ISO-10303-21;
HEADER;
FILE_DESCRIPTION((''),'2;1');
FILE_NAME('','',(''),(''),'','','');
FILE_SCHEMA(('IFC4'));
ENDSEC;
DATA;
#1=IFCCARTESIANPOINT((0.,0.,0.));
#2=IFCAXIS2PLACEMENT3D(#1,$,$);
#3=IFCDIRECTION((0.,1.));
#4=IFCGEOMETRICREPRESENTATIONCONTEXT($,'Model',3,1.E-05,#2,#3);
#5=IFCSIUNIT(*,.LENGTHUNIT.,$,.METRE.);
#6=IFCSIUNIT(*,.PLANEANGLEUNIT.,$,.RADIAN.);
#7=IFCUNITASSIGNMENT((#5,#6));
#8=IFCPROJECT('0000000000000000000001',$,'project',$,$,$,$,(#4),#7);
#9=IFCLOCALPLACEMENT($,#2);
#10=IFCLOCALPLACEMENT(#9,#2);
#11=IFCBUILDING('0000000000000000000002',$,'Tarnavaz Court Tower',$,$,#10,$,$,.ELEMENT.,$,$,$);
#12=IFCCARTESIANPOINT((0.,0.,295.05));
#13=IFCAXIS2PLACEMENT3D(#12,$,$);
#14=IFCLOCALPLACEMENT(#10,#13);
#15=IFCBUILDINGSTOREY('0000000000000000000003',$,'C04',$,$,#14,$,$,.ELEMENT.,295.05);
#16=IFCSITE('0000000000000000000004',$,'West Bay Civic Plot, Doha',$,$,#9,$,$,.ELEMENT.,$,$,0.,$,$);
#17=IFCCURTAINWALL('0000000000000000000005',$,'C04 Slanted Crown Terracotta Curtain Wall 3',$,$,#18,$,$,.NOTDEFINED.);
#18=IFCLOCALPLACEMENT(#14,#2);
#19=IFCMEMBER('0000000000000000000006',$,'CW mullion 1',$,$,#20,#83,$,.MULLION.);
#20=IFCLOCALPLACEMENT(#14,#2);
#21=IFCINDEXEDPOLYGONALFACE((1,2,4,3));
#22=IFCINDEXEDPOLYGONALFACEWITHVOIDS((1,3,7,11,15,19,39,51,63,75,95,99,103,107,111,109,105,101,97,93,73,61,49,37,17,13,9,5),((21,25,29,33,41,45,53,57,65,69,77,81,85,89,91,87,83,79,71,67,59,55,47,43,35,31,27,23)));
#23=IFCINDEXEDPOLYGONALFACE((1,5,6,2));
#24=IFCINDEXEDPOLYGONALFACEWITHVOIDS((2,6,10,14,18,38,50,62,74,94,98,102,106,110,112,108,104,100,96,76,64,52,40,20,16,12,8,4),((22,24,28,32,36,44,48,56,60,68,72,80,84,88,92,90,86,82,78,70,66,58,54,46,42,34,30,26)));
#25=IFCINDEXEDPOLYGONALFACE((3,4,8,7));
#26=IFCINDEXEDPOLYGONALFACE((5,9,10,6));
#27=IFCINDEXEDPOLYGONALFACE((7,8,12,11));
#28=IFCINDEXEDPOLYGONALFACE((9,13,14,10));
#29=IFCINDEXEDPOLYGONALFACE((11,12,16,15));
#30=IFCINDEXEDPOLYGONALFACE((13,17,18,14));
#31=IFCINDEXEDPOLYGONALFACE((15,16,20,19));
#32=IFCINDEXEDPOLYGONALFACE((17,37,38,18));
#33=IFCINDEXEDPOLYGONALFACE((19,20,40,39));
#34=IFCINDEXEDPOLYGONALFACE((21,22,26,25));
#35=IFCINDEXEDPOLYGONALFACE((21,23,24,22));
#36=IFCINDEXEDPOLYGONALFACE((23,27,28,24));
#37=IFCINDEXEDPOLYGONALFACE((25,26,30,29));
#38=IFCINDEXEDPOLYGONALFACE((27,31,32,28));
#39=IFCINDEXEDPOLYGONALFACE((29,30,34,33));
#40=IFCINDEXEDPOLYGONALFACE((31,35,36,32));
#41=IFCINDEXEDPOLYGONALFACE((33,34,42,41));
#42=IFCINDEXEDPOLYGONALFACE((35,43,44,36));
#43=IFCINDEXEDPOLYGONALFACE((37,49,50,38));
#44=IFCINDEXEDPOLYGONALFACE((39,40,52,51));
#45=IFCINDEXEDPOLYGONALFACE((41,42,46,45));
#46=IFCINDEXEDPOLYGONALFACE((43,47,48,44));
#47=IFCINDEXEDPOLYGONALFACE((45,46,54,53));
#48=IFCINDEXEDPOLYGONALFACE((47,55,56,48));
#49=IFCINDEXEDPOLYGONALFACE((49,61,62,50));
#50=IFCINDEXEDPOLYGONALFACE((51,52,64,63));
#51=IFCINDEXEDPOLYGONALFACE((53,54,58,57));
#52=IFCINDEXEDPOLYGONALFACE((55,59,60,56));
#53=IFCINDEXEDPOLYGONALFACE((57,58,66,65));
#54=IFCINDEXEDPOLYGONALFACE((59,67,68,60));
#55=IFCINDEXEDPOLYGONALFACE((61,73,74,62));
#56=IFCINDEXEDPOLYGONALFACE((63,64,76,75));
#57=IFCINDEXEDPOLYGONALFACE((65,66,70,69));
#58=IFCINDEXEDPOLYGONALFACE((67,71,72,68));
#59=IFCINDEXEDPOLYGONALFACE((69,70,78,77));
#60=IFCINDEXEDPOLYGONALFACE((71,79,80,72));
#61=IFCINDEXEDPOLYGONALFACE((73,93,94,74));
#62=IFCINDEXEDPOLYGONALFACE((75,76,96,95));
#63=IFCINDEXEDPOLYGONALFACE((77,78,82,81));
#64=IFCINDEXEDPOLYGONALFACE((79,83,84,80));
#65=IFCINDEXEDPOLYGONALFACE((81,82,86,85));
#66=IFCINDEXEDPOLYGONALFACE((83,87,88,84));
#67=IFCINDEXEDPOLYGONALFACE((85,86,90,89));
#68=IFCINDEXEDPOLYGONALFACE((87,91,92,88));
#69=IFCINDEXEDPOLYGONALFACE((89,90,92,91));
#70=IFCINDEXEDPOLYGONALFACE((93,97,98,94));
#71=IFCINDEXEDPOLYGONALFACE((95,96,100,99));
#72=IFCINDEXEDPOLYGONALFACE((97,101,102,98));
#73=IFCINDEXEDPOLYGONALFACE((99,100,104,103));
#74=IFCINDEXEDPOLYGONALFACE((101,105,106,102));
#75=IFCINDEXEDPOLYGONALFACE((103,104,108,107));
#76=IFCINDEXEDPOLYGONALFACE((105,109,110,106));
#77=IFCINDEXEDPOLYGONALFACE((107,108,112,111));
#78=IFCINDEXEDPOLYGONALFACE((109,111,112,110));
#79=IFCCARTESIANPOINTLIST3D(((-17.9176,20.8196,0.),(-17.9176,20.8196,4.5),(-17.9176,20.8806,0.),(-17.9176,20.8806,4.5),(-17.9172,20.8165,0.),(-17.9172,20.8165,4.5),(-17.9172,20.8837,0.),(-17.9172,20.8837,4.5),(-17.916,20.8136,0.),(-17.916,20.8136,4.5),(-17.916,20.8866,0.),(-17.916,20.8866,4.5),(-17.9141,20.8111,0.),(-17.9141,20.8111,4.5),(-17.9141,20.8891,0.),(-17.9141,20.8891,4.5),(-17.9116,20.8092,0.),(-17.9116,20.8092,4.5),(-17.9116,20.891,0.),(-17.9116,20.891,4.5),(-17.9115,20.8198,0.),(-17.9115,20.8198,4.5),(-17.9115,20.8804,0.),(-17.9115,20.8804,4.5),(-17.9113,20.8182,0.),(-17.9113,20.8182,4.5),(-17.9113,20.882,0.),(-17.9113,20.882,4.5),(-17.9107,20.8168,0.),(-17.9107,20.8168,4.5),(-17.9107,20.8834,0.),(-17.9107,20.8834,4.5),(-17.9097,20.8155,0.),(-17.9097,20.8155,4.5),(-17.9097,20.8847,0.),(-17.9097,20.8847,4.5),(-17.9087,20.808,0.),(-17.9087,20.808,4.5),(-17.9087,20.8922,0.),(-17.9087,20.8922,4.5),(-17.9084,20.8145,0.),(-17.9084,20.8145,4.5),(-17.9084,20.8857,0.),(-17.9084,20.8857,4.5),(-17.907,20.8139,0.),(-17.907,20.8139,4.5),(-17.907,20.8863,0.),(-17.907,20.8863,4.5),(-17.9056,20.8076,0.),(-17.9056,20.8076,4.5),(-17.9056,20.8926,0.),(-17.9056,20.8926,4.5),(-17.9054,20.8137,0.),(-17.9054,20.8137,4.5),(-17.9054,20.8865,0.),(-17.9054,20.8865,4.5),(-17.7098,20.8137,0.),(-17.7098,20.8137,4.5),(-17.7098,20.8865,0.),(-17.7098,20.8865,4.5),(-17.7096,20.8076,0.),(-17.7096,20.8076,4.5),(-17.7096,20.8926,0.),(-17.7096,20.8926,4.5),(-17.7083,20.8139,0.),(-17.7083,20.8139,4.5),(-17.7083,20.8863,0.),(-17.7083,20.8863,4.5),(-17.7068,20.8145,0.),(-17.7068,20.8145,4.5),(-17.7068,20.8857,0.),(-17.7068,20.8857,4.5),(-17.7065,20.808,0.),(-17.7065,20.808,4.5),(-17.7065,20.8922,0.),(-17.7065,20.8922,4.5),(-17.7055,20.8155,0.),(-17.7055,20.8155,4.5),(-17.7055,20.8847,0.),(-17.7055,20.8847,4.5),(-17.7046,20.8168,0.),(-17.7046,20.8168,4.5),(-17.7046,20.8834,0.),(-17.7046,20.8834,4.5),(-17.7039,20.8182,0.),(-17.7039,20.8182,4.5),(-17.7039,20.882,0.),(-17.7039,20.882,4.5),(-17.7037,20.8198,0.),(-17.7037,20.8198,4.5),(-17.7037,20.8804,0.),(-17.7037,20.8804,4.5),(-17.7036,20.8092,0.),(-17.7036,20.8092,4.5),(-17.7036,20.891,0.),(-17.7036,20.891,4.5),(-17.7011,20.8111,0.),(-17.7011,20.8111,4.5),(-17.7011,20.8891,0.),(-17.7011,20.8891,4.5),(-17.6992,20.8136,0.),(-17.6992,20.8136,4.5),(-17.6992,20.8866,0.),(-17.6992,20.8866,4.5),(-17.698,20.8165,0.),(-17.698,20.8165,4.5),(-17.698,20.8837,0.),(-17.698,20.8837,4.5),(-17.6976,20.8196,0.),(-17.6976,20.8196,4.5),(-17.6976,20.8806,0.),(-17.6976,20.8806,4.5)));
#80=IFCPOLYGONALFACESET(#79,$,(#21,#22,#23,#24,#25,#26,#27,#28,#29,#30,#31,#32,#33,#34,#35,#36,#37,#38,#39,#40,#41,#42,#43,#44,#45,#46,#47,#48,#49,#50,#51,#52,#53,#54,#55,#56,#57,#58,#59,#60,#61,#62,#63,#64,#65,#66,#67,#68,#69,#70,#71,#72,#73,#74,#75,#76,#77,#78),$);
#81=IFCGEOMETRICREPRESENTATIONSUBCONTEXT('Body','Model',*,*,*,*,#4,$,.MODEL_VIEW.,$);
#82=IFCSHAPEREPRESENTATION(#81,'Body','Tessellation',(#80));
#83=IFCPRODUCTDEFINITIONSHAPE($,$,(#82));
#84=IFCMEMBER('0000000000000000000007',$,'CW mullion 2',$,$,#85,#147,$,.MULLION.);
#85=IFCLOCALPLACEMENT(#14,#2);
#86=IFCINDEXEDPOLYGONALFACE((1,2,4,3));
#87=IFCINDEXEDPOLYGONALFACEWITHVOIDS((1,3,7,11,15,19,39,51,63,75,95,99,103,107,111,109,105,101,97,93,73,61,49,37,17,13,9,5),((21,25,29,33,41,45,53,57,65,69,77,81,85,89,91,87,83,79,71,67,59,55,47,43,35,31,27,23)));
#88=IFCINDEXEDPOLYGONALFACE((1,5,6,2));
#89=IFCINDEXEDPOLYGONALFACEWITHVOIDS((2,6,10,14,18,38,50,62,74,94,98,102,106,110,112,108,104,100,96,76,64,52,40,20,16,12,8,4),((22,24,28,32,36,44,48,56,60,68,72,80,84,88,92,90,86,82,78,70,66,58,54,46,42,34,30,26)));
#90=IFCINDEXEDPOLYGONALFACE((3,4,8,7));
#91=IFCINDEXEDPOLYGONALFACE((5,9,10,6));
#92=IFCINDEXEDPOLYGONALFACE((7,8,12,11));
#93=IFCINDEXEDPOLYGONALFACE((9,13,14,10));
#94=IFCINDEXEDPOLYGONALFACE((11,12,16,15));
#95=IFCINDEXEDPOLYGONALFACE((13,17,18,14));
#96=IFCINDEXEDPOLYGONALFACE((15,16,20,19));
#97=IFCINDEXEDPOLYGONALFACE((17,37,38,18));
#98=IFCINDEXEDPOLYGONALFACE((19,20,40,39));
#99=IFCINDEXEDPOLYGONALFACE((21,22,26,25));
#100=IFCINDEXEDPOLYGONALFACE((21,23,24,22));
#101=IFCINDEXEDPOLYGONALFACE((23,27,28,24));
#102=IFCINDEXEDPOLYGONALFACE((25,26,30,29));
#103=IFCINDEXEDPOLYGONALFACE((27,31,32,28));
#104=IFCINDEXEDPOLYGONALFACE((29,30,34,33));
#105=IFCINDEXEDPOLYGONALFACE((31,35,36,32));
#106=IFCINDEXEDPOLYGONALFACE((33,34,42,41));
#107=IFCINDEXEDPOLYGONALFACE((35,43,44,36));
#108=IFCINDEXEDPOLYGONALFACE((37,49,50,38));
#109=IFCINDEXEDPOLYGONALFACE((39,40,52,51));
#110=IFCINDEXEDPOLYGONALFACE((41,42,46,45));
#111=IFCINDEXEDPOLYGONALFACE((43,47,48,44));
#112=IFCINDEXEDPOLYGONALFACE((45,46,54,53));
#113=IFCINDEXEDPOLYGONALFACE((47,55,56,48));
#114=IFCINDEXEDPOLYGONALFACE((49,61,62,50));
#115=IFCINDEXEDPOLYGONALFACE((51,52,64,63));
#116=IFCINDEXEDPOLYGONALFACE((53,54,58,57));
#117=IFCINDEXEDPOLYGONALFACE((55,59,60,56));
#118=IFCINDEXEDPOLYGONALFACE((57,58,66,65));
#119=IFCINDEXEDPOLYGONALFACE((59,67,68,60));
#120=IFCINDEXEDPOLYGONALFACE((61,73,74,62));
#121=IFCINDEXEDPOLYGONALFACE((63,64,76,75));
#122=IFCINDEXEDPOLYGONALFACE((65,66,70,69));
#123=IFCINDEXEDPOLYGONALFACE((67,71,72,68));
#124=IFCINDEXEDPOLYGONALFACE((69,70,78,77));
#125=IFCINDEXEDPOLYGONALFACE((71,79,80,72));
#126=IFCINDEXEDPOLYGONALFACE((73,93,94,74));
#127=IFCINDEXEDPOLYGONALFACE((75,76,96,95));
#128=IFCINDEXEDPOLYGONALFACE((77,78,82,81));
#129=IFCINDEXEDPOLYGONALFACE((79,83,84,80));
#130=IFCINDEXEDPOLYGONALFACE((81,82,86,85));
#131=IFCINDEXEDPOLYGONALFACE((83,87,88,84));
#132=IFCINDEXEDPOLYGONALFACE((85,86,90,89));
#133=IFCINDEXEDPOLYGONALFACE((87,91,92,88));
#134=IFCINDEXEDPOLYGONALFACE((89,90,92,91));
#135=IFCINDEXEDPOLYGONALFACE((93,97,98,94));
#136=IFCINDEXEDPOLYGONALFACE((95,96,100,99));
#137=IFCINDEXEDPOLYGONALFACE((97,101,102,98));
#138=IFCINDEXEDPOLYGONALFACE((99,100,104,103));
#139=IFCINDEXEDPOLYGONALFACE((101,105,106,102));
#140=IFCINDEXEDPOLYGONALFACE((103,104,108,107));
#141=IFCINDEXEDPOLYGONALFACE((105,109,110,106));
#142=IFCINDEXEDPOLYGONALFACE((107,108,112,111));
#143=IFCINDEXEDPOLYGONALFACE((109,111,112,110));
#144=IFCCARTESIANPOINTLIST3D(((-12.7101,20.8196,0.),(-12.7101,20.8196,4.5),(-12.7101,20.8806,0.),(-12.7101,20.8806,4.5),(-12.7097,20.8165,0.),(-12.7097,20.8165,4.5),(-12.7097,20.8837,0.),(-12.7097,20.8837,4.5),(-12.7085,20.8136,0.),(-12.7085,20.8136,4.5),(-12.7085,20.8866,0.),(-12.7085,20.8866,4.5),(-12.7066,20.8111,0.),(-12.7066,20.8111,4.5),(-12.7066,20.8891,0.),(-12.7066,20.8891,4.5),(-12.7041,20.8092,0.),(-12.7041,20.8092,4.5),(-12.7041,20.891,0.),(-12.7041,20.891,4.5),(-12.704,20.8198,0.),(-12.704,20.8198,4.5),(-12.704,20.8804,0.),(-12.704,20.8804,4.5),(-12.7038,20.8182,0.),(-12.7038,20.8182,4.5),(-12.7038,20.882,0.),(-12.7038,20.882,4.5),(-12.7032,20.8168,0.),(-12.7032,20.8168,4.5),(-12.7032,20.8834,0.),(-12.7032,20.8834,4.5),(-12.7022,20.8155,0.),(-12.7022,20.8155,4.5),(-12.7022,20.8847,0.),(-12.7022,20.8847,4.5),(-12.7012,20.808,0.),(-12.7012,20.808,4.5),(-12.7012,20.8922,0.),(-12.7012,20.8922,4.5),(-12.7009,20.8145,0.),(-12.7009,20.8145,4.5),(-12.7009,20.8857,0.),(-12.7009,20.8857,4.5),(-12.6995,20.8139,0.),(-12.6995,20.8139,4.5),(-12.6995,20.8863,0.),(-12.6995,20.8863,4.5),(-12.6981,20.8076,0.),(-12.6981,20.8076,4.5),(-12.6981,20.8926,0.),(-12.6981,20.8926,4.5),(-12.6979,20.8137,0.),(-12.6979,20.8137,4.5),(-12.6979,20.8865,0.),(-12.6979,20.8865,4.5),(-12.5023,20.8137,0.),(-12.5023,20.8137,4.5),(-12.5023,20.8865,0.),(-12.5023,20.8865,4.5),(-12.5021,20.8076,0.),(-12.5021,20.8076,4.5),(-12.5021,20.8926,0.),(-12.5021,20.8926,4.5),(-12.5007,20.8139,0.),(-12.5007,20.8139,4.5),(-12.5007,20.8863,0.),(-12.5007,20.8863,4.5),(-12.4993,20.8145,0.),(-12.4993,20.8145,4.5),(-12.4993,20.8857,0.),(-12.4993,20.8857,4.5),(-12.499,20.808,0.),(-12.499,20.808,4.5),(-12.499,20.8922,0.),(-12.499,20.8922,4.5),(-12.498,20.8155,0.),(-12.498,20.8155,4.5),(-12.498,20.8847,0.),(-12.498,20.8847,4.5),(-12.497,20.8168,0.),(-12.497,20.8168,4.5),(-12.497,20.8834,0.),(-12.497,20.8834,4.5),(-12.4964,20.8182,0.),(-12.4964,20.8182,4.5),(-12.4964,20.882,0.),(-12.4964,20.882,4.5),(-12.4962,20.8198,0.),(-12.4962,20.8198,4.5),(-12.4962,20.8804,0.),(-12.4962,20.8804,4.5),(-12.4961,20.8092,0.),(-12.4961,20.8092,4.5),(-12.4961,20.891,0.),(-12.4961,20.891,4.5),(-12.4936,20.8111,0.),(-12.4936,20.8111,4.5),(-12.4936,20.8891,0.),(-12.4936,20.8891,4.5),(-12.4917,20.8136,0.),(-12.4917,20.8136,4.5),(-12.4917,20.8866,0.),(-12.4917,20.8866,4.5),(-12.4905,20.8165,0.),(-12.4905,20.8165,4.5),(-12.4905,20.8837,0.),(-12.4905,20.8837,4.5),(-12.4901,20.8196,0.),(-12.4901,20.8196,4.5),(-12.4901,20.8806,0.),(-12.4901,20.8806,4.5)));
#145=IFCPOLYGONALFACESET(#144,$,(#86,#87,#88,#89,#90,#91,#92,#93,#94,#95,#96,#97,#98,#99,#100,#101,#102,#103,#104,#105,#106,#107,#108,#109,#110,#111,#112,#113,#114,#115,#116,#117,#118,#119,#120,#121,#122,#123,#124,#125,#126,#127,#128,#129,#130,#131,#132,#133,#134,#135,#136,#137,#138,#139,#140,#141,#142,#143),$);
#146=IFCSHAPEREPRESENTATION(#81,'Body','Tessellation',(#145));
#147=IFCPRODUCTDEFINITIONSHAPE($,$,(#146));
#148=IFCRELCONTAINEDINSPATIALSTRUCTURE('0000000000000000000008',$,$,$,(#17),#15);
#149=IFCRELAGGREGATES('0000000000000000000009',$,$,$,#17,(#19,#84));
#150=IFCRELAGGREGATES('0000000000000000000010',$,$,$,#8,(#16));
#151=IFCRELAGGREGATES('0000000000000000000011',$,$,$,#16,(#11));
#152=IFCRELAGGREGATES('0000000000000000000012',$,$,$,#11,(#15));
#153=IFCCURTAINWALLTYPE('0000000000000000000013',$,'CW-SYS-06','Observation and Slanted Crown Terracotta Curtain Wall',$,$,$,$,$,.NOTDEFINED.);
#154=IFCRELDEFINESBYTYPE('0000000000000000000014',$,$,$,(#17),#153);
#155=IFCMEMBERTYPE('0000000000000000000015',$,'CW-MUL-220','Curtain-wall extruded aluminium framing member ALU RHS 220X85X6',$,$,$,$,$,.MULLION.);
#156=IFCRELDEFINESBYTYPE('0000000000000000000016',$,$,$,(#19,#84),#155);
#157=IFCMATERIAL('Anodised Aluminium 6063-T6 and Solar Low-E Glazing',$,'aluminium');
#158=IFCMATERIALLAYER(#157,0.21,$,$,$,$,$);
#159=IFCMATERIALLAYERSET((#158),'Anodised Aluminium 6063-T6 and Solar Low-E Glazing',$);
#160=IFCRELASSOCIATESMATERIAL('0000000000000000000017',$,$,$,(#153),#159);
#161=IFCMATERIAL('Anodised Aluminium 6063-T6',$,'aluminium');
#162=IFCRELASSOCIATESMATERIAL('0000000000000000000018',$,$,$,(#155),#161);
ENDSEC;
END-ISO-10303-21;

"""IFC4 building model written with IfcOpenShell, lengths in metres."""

from ifc_helpers import new_model, si_unit, direction, frame, origin, origin_2d, place, context, subcontext, project, spatial, hollow_rectangle, extrude, material, layer, layer_set, material_profile, profile_set, type_object, element, aggregate, save


model = new_model("IFC4")

# Units and contexts
model_context = context("Model", 3, precision=1e-05, world=origin(), true_north=direction((0.0, 1.0)))
body_context = subcontext(model_context, "Body", "Model", "MODEL_VIEW")
ifc_project = project(units=[si_unit("LENGTHUNIT", "METRE"), si_unit("PLANEANGLEUNIT", "RADIAN")], contexts=[model_context])

# Site, building, storey
site_placement = place(None, origin())
site = spatial("IfcSite", under=ifc_project, at=site_placement, Name="West Bay Civic Plot, Doha", CompositionType="ELEMENT", RefElevation=0.0)
building_placement = place(site_placement, origin())
building = spatial("IfcBuilding", under=site, at=building_placement, Name="Tarnavaz Court Tower", CompositionType="ELEMENT")
storey_placement = place(building_placement, frame((0.0, 0.0, 295.05)))
storey = spatial("IfcBuildingStorey", under=building, at=storey_placement, Name="C04", CompositionType="ELEMENT", Elevation=295.05)

# Shared definitions
ifc_material_1 = material(Name="Anodised Aluminium 6063-T6 and Solar Low-E Glazing", Category="aluminium")
ifc_layer_1 = layer(ifc_material_1, 0.21)
ifc_layer_set_1 = layer_set([ifc_layer_1], Name="Anodised Aluminium 6063-T6 and Solar Low-E Glazing")
curtain_wall_type = type_object("IfcCurtainWallType", Name="CW-SYS-06", Description="Observation and Slanted Crown Terracotta Curtain Wall", PredefinedType="NOTDEFINED", material=ifc_layer_set_1)
ifc_material_2 = material(Name="Anodised Aluminium 6063-T6", Category="aluminium")
ifc_material_profile_1 = material_profile(ifc_material_2, hollow_rectangle(XDim=0.085, YDim=0.22, WallThickness=0.0061, InnerFilletRadius=0.0061, OuterFilletRadius=0.012, at=origin_2d()), Name="ALU RHS 220X85X6")
ifc_profile_set_1 = profile_set([ifc_material_profile_1], Name="Anodised Aluminium 6063-T6")
member_type_1 = type_object("IfcMemberType", Name="CW-MUL-220", Description="Curtain-wall extruded aluminium framing member ALU RHS 220X85X6", PredefinedType="MULLION", material=ifc_profile_set_1)

# Curtain wall, members
curtain_wall_1_placement = place(storey_placement, origin())
curtain_wall_1 = element("IfcCurtainWall", 1, at=curtain_wall_1_placement, inside=storey, type_object=curtain_wall_type, Name="C04 Slanted Crown Terracotta Curtain Wall 3", PredefinedType="NOTDEFINED")
member_1_placement = place(storey_placement, frame((-17.8076, 20.8501, 0.0), z_axis=(0.0, 0.0, 1.0), x_axis=(0.0, 1.0, 0.0)))
member_1 = element("IfcMember", 2, at=member_1_placement, type_object=member_type_1, Name="CW mullion 1", PredefinedType="MULLION", context=body_context, shape_type="SweptSolid", body=[
    extrude(hollow_rectangle(XDim=0.085, YDim=0.22, WallThickness=0.0061, InnerFilletRadius=0.0061, OuterFilletRadius=0.012, at=origin_2d()), origin(), (0.0, 0.0, 1.0), 4.5),
])
member_2_placement = place(storey_placement, frame((-12.6001, 20.8501, 0.0), z_axis=(0.0, 0.0, 1.0), x_axis=(0.0, 1.0, 0.0)))
member_2 = element("IfcMember", 3, at=member_2_placement, type_object=member_type_1, Name="CW mullion 2", PredefinedType="MULLION", context=body_context, shape_type="SweptSolid", body=[
    extrude(hollow_rectangle(XDim=0.085, YDim=0.22, WallThickness=0.0061, InnerFilletRadius=0.0061, OuterFilletRadius=0.012, at=origin_2d()), origin(), (0.0, 0.0, 1.0), 4.5),
])

aggregate(curtain_wall_1, [member_1, member_2])

save(model, "model.ifc")
